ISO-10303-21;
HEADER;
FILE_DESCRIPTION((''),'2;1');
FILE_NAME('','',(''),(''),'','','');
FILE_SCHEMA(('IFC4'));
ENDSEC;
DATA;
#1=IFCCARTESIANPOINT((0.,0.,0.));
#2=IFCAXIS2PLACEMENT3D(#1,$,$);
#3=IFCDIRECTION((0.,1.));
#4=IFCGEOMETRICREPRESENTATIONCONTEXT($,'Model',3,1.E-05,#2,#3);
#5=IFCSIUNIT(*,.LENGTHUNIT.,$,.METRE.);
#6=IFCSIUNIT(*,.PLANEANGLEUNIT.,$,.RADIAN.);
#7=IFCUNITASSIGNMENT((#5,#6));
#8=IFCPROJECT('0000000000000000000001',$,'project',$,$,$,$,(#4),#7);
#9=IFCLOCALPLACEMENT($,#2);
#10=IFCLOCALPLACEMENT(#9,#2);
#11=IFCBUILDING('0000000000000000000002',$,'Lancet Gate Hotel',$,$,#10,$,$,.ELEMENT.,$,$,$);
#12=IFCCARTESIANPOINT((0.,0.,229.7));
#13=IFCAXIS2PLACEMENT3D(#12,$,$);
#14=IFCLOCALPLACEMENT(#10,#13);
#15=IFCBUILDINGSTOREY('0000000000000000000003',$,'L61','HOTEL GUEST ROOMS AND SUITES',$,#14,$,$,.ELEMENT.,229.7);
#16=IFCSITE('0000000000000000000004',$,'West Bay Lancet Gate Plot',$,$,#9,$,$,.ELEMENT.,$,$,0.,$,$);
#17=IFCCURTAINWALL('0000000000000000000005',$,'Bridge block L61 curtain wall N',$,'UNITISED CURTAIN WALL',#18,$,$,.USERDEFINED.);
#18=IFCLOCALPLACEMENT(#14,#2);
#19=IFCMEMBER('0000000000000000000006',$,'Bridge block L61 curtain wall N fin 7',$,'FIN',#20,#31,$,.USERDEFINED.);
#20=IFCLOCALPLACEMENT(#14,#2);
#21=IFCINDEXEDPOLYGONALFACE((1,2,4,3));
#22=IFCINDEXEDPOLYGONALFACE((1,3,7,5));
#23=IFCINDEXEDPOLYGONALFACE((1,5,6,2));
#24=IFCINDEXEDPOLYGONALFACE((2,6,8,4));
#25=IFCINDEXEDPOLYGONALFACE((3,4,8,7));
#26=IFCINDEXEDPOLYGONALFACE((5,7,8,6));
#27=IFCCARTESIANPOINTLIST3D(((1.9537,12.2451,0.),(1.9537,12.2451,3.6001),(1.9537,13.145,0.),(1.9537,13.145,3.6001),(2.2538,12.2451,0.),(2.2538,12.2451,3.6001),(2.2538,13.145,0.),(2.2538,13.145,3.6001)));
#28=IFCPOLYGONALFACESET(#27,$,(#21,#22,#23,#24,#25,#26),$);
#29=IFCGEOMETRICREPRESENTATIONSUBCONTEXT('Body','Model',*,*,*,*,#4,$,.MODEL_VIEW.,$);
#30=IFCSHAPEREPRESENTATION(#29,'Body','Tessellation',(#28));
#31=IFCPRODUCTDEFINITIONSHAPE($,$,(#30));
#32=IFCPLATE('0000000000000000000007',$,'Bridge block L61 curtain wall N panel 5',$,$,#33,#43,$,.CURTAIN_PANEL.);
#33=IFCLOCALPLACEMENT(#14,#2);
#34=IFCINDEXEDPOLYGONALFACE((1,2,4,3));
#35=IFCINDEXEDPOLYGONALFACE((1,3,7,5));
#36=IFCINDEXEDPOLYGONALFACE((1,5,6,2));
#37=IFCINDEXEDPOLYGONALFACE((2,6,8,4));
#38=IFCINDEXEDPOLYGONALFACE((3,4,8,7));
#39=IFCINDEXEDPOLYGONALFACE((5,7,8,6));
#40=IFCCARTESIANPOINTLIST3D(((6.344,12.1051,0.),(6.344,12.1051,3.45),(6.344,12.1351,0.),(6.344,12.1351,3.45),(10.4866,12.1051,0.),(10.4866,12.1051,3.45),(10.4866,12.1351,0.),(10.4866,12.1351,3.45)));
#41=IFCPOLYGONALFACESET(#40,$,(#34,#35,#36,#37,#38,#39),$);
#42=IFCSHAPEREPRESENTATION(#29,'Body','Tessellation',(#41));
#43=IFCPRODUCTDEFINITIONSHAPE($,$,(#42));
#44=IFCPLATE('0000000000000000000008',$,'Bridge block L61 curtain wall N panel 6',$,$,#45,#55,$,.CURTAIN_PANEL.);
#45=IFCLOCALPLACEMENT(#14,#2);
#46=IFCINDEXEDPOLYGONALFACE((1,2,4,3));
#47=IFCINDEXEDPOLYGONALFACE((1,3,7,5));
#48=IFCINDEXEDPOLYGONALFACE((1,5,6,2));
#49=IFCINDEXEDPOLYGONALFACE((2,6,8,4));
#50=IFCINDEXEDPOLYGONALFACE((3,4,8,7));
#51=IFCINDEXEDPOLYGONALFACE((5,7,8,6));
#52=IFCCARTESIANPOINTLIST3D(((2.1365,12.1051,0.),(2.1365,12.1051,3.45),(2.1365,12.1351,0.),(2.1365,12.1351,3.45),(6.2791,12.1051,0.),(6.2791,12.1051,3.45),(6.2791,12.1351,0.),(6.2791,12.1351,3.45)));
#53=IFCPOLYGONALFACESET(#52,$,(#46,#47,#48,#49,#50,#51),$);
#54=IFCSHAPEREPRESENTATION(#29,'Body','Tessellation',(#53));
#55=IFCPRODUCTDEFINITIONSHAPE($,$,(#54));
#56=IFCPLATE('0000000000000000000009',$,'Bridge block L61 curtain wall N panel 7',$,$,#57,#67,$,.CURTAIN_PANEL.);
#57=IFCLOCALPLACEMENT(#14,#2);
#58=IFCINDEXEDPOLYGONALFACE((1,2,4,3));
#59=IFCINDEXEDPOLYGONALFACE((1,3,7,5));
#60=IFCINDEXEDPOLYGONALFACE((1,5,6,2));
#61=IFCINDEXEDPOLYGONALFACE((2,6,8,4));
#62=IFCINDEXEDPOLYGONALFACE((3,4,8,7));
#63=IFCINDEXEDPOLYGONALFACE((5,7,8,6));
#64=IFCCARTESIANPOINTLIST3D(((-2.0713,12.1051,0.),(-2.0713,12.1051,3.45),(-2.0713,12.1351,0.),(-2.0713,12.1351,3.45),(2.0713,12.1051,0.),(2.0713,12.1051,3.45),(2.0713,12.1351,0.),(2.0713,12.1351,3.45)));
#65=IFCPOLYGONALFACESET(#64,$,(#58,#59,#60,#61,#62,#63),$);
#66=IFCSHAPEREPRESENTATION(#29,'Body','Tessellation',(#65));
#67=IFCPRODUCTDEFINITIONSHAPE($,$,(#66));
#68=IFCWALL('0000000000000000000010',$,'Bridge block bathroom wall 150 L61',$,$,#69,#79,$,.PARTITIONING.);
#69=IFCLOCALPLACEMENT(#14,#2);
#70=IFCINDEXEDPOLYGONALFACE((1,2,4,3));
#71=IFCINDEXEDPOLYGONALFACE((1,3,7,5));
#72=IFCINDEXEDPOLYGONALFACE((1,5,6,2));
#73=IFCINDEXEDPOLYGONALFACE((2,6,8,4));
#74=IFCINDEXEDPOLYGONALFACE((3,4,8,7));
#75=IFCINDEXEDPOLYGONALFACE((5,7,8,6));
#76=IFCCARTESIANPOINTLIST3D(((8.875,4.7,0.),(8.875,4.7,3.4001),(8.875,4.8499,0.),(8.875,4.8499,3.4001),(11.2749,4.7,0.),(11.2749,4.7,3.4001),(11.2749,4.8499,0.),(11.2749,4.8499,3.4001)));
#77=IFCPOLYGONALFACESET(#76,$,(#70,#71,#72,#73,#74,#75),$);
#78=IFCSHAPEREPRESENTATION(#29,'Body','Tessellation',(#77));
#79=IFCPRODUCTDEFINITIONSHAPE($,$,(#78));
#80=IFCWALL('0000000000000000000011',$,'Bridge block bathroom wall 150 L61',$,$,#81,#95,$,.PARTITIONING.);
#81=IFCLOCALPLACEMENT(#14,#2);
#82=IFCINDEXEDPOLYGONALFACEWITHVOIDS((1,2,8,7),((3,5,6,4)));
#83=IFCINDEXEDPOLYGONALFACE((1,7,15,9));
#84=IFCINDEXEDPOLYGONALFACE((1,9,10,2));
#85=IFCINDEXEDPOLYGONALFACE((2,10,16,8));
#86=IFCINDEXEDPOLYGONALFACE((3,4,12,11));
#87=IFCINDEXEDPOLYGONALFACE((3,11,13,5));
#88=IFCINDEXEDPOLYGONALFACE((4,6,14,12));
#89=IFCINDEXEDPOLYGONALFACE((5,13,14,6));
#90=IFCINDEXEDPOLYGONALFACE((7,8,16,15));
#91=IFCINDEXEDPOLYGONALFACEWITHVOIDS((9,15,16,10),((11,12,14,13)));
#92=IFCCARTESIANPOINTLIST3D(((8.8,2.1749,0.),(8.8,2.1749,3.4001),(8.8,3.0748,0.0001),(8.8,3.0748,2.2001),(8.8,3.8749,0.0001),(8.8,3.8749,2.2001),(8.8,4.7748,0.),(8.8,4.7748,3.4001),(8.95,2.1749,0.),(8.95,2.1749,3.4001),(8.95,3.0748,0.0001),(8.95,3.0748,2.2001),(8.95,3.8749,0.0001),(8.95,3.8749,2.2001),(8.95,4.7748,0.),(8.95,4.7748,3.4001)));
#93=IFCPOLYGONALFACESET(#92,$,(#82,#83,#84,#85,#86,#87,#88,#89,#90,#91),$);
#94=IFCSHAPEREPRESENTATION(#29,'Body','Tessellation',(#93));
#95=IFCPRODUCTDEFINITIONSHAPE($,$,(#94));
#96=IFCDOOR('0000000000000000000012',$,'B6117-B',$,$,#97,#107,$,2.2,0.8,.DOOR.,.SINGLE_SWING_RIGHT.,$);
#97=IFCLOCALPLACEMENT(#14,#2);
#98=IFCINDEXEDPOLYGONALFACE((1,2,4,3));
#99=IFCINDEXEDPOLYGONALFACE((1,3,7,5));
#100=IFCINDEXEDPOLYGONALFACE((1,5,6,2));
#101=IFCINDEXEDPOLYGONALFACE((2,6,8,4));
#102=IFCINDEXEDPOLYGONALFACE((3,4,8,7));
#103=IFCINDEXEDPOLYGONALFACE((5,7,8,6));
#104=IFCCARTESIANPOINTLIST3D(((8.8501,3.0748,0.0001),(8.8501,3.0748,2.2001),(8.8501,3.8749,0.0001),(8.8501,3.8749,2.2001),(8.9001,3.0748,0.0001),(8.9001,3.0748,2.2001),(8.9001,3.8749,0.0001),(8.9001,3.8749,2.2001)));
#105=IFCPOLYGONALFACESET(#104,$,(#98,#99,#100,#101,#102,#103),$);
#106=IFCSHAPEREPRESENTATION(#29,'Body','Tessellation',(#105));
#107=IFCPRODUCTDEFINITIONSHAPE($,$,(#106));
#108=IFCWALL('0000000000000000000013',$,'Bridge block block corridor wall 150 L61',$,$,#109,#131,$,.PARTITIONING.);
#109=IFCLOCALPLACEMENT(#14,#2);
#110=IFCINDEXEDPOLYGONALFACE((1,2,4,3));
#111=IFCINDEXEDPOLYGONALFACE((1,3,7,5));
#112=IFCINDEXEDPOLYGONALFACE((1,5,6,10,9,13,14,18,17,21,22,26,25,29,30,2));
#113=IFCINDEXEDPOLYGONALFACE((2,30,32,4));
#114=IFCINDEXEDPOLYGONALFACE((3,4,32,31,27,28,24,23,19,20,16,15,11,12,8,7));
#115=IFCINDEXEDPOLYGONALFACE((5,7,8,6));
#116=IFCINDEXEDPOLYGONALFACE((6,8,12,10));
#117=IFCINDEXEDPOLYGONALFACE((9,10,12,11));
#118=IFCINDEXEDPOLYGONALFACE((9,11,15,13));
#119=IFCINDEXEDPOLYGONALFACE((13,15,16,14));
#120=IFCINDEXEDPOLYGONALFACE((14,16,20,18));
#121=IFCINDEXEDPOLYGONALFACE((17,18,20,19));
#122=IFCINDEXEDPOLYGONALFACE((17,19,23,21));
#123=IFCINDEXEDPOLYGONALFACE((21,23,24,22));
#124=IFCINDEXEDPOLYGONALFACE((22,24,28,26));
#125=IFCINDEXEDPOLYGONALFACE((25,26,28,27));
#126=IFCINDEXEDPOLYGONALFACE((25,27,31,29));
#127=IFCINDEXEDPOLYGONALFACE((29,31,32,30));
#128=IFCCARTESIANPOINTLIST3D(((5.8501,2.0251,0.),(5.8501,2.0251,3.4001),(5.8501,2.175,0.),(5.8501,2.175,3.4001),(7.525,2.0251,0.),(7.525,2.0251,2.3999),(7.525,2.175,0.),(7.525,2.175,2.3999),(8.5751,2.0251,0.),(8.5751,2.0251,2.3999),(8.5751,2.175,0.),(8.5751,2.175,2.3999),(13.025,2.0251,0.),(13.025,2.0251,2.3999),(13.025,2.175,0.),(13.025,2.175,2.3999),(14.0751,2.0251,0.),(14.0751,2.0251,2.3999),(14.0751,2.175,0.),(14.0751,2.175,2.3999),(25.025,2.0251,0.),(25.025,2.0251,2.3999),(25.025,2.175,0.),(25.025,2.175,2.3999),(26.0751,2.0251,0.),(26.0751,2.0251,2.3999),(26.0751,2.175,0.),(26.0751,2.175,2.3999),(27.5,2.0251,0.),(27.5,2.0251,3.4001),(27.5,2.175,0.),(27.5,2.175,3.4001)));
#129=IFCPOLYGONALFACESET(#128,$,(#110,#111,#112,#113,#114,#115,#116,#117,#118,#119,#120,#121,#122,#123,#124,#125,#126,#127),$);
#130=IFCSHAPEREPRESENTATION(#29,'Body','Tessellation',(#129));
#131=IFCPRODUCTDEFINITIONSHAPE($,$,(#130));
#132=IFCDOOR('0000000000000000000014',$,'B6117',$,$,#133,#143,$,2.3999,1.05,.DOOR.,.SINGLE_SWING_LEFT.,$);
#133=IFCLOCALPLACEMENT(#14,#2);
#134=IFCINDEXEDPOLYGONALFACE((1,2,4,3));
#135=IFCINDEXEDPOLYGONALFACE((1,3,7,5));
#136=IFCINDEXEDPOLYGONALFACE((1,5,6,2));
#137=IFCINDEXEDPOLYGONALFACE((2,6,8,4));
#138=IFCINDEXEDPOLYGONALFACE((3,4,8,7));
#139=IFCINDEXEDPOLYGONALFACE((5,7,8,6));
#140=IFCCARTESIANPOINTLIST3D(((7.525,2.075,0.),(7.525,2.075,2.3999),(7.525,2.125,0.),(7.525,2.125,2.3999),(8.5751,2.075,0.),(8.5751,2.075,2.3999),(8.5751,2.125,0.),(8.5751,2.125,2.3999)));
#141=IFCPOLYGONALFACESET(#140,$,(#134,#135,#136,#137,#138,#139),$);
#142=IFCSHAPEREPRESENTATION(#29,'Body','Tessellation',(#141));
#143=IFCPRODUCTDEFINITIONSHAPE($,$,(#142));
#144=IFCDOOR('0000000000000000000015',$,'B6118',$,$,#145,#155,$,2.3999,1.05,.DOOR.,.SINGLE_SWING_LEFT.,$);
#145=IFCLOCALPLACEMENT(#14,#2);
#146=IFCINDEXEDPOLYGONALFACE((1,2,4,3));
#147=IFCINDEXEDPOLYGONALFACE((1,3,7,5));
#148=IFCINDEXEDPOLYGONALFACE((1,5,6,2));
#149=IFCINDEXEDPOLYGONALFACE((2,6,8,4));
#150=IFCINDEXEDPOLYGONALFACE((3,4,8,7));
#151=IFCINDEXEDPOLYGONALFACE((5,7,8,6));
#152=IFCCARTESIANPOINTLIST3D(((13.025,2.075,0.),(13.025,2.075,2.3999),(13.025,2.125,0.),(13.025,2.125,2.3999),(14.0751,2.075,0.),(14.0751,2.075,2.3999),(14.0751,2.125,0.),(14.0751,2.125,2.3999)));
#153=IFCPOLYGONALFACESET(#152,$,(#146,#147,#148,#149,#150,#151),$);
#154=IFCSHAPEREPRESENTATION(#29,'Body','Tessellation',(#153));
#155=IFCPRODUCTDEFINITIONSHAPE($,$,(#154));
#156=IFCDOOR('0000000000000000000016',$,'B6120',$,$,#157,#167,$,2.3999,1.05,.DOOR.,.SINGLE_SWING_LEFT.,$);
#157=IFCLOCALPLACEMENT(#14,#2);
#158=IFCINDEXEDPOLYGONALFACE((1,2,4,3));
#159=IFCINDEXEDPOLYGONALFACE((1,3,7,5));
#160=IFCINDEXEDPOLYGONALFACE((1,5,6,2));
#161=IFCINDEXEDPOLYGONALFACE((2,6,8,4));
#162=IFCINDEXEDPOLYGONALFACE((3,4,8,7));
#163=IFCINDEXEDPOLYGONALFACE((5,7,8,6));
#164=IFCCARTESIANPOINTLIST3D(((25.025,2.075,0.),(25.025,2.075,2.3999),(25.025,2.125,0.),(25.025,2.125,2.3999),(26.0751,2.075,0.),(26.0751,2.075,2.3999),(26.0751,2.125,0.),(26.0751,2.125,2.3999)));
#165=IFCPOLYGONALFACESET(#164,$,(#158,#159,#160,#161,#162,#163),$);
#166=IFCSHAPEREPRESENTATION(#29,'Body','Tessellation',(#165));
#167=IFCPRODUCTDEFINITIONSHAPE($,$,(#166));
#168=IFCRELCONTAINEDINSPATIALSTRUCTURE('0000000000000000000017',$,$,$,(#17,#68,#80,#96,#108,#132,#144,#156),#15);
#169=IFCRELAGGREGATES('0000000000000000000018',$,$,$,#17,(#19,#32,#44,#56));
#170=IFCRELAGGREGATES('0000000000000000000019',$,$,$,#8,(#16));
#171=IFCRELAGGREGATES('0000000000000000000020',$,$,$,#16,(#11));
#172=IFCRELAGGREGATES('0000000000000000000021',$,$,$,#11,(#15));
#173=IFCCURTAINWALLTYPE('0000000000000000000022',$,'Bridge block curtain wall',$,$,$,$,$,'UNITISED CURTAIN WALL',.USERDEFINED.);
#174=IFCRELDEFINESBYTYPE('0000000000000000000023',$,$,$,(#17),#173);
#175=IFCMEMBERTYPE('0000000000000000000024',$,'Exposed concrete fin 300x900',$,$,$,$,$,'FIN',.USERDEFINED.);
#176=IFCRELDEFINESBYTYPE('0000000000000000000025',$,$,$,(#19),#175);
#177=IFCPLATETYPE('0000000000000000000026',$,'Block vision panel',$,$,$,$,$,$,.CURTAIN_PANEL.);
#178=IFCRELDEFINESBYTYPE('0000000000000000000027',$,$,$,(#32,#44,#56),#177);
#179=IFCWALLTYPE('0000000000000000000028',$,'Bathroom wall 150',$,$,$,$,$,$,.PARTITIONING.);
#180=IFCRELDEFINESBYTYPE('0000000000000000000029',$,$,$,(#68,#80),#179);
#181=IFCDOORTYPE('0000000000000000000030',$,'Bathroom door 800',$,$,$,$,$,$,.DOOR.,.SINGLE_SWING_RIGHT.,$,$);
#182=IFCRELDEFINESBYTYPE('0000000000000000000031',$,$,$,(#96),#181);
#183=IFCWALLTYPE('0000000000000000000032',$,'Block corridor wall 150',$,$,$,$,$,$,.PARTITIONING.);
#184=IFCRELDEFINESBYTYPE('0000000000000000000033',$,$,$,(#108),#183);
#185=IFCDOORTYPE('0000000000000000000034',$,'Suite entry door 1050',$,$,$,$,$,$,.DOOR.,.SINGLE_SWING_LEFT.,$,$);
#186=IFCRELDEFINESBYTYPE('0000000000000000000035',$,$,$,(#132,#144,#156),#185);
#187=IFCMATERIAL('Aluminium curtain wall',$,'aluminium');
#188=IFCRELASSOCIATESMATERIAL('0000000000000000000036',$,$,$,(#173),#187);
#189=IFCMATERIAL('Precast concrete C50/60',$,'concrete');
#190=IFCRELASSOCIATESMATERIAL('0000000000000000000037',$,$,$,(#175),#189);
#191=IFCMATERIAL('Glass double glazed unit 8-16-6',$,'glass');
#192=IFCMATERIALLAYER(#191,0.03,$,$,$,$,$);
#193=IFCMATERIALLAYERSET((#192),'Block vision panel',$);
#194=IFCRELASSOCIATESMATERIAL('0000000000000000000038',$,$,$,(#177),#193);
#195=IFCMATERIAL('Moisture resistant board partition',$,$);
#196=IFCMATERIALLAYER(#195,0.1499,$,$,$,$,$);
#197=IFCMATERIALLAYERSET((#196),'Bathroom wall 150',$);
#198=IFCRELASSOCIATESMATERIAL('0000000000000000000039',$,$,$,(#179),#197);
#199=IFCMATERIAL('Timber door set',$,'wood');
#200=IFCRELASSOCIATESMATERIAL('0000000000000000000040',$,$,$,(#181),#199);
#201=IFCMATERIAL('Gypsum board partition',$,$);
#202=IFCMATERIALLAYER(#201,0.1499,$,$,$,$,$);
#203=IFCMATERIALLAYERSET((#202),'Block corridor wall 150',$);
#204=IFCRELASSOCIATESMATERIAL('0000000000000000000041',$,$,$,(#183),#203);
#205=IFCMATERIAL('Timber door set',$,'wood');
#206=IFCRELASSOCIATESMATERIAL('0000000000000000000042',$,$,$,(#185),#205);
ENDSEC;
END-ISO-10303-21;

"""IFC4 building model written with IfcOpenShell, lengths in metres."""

from ifc_helpers import new_model, si_unit, direction, frame, frame_2d, origin, origin_2d, place, context, subcontext, project, spatial, rectangle, extrude, material, layer, layer_set, material_profile, profile_set, type_object, element, fill, aggregate, save


model = new_model("IFC4")

# Units and contexts
model_context = context("Model", 3, precision=1e-05, world=origin(), true_north=direction((0.0, 1.0)))
body_context = subcontext(model_context, "Body", "Model", "MODEL_VIEW")
ifc_project = project(units=[si_unit("LENGTHUNIT", "METRE"), si_unit("PLANEANGLEUNIT", "RADIAN")], contexts=[model_context])

# Site, building, storey
site_placement = place(None, origin())
site = spatial("IfcSite", under=ifc_project, at=site_placement, Name="West Bay Lancet Gate Plot", CompositionType="ELEMENT", RefElevation=0.0)
building_placement = place(site_placement, origin())
building = spatial("IfcBuilding", under=site, at=building_placement, Name="Lancet Gate Hotel", CompositionType="ELEMENT")
storey_placement = place(building_placement, frame((0.0, 0.0, 229.7)))
storey = spatial("IfcBuildingStorey", under=building, at=storey_placement, Name="L61", Description="HOTEL GUEST ROOMS AND SUITES", CompositionType="ELEMENT", Elevation=229.7)

# Curtain wall
ifc_material_1 = material(Name="Aluminium curtain wall", Category="aluminium")
curtain_wall_type = type_object("IfcCurtainWallType", Name="Bridge block curtain wall", ElementType="UNITISED CURTAIN WALL", PredefinedType="USERDEFINED", material=ifc_material_1)
curtain_wall_placement = place(storey_placement, origin())
curtain_wall = element("IfcCurtainWall", 1, at=curtain_wall_placement, inside=storey, type_object=curtain_wall_type, Name="Bridge block L61 curtain wall N", ObjectType="UNITISED CURTAIN WALL", PredefinedType="USERDEFINED")

# Member
ifc_material_2 = material(Name="Precast concrete C50/60", Category="concrete")
ifc_material_profile_1 = material_profile(ifc_material_2, rectangle(XDim=0.3, YDim=0.8999, at=origin_2d()), Name="FIN 300x900")
ifc_profile_set_1 = profile_set([ifc_material_profile_1], Name="Precast concrete C50/60")
member_type_1 = type_object("IfcMemberType", Name="Exposed concrete fin 300x900", ElementType="FIN", PredefinedType="USERDEFINED", material=ifc_profile_set_1)
member_1_placement = place(storey_placement, frame((2.1038, 12.6951, 0.0), z_axis=(0.0, 0.0, 1.0), x_axis=(-1.0, 0.0, 0.0)))
member_1 = element("IfcMember", 2, at=member_1_placement, type_object=member_type_1, Name="Bridge block L61 curtain wall N fin 7", ObjectType="FIN", PredefinedType="USERDEFINED", context=body_context, shape_type="SweptSolid", body=[
    extrude(rectangle(XDim=0.3, YDim=0.8999, at=origin_2d()), origin(), (0.0, 0.0, 1.0), 3.6001),
])

# Plates
ifc_material_3 = material(Name="Glass double glazed unit 8-16-6", Category="glass")
ifc_layer_1 = layer(ifc_material_3, 0.03)
ifc_layer_set_1 = layer_set([ifc_layer_1], Name="Block vision panel")
plate_type = type_object("IfcPlateType", Name="Block vision panel", PredefinedType="CURTAIN_PANEL", material=ifc_layer_set_1)
plate_1_placement = place(storey_placement, frame((8.4153, 12.1201, 0.0), z_axis=(0.0, 0.0, 1.0), x_axis=(-1.0, 0.0, 0.0)))
plate_1 = element("IfcPlate", 3, at=plate_1_placement, type_object=plate_type, Name="Bridge block L61 curtain wall N panel 5", PredefinedType="CURTAIN_PANEL", context=body_context, shape_type="SweptSolid", body=[
    extrude(rectangle(XDim=4.1426, YDim=0.03, at=origin_2d()), origin(), (0.0, 0.0, 1.0), 3.45),
])
plate_2_placement = place(storey_placement, frame((4.2078, 12.1201, 0.0), z_axis=(0.0, 0.0, 1.0), x_axis=(-1.0, 0.0, 0.0)))
plate_2 = element("IfcPlate", 4, at=plate_2_placement, type_object=plate_type, Name="Bridge block L61 curtain wall N panel 6", PredefinedType="CURTAIN_PANEL", context=body_context, shape_type="SweptSolid", body=[
    extrude(rectangle(XDim=4.1426, YDim=0.03, at=origin_2d()), origin(), (0.0, 0.0, 1.0), 3.45),
])
plate_3_placement = place(storey_placement, frame((0.0, 12.1201, 0.0), z_axis=(0.0, 0.0, 1.0), x_axis=(-1.0, 0.0, 0.0)))
plate_3 = element("IfcPlate", 5, at=plate_3_placement, type_object=plate_type, Name="Bridge block L61 curtain wall N panel 7", PredefinedType="CURTAIN_PANEL", context=body_context, shape_type="SweptSolid", body=[
    extrude(rectangle(XDim=4.1426, YDim=0.03, at=origin_2d()), origin(), (0.0, 0.0, 1.0), 3.45),
])
aggregate(curtain_wall, [member_1, plate_1, plate_2, plate_3])

# Wall
ifc_material_4 = material(Name="Moisture resistant board partition")
ifc_layer_2 = layer(ifc_material_4, 0.1499)
ifc_layer_set_2 = layer_set([ifc_layer_2], Name="Bathroom wall 150")
wall_type_1 = type_object("IfcWallType", Name="Bathroom wall 150", PredefinedType="PARTITIONING", material=ifc_layer_set_2)
wall_1_placement = place(storey_placement, frame((8.875, 4.7749, 0.0), z_axis=(0.0, 0.0, 1.0), x_axis=(1.0, 0.0, 0.0)))
element("IfcWall", 6, at=wall_1_placement, inside=storey, type_object=wall_type_1, Name="Bridge block bathroom wall 150 L61", PredefinedType="PARTITIONING", context=body_context, shape_type="SweptSolid", body=[
    extrude(rectangle(XDim=2.3999, YDim=0.1499, at=frame_2d((1.2, 0.0))), origin(), (0.0, 0.0, 1.0), 3.4001),
])

# Wall, opening, door
wall_2_placement = place(storey_placement, frame((8.875, 2.175, 0.0), z_axis=(0.0, 0.0, 1.0), x_axis=(0.0, 1.0, 0.0)))
wall_2 = element("IfcWall", 7, at=wall_2_placement, inside=storey, type_object=wall_type_1, Name="Bridge block bathroom wall 150 L61", PredefinedType="PARTITIONING", context=body_context, shape_type="SweptSolid", body=[
    extrude(rectangle(XDim=2.5999, YDim=0.1499, at=frame_2d((1.2998, 0.0))), origin(), (0.0, 0.0, 1.0), 3.4001),
])
opening_1_placement = place(wall_2_placement, frame((0.8999, 0.0, 0.0)))
opening_1 = element("IfcOpeningElement", 8, at=opening_1_placement, cuts=wall_2, PredefinedType="OPENING", context=body_context, shape_type="SweptSolid", body=[
    extrude(rectangle(XDim=0.8, YDim=2.2, at=frame_2d((0.3999, 1.1001))), frame((0.0, 0.085, 0.0), z_axis=(0.0, -1.0, 0.0), x_axis=(1.0, 0.0, 0.0)), (0.0, 0.0, 1.0), 0.1699),
])
ifc_material_5 = material(Name="Timber door set", Category="wood")
door_type_1 = type_object("IfcDoorType", Name="Bathroom door 800", OperationType="SINGLE_SWING_RIGHT", PredefinedType="DOOR", material=ifc_material_5)
door_1_placement = place(opening_1_placement, origin())
door_1 = element("IfcDoor", 9, at=door_1_placement, inside=storey, type_object=door_type_1, Name="B6117-B", OperationType="SINGLE_SWING_RIGHT", OverallHeight=2.2, OverallWidth=0.8, PredefinedType="DOOR", context=body_context, shape_type="SweptSolid", body=[
    extrude(rectangle(XDim=0.8, YDim=2.2, at=frame_2d((0.3999, 1.1001))), frame((0.0, 0.0249, 0.0), z_axis=(0.0, -1.0, 0.0), x_axis=(1.0, 0.0, 0.0)), (0.0, 0.0, 1.0), 0.05),
])
fill(opening_1, door_1)

# Wall, openings, doors
ifc_material_6 = material(Name="Gypsum board partition")
ifc_layer_3 = layer(ifc_material_6, 0.1499)
ifc_layer_set_3 = layer_set([ifc_layer_3], Name="Block corridor wall 150")
wall_type_2 = type_object("IfcWallType", Name="Block corridor wall 150", PredefinedType="PARTITIONING", material=ifc_layer_set_3)
wall_3_placement = place(storey_placement, frame((5.8501, 2.1001, 0.0), z_axis=(0.0, 0.0, 1.0), x_axis=(1.0, 0.0, 0.0)))
wall_3 = element("IfcWall", 10, at=wall_3_placement, inside=storey, type_object=wall_type_2, Name="Bridge block block corridor wall 150 L61", PredefinedType="PARTITIONING", context=body_context, shape_type="SweptSolid", body=[
    extrude(rectangle(XDim=21.6499, YDim=0.1499, at=frame_2d((10.825, 0.0))), origin(), (0.0, 0.0, 1.0), 3.4001),
])
opening_2_placement = place(wall_3_placement, frame((1.675, 0.0, 0.0)))
opening_2 = element("IfcOpeningElement", 11, at=opening_2_placement, cuts=wall_3, PredefinedType="OPENING", context=body_context, shape_type="SweptSolid", body=[
    extrude(rectangle(XDim=1.05, YDim=2.3999, at=frame_2d((0.5249, 1.2))), frame((0.0, 0.085, 0.0), z_axis=(0.0, -1.0, 0.0), x_axis=(1.0, 0.0, 0.0)), (0.0, 0.0, 1.0), 0.1699),
])
opening_3_placement = place(wall_3_placement, frame((7.175, 0.0, 0.0)))
opening_3 = element("IfcOpeningElement", 12, at=opening_3_placement, cuts=wall_3, PredefinedType="OPENING", context=body_context, shape_type="SweptSolid", body=[
    extrude(rectangle(XDim=1.05, YDim=2.3999, at=frame_2d((0.5249, 1.2))), frame((0.0, 0.085, 0.0), z_axis=(0.0, -1.0, 0.0), x_axis=(1.0, 0.0, 0.0)), (0.0, 0.0, 1.0), 0.1699),
])
opening_4_placement = place(wall_3_placement, frame((19.175, 0.0, 0.0)))
opening_4 = element("IfcOpeningElement", 13, at=opening_4_placement, cuts=wall_3, PredefinedType="OPENING", context=body_context, shape_type="SweptSolid", body=[
    extrude(rectangle(XDim=1.05, YDim=2.3999, at=frame_2d((0.5249, 1.2))), frame((0.0, 0.085, 0.0), z_axis=(0.0, -1.0, 0.0), x_axis=(1.0, 0.0, 0.0)), (0.0, 0.0, 1.0), 0.1699),
])
ifc_material_7 = material(Name="Timber door set", Category="wood")
door_type_2 = type_object("IfcDoorType", Name="Suite entry door 1050", OperationType="SINGLE_SWING_LEFT", PredefinedType="DOOR", material=ifc_material_7)
door_2_placement = place(opening_2_placement, origin())
door_2 = element("IfcDoor", 14, at=door_2_placement, inside=storey, type_object=door_type_2, Name="B6117", OperationType="SINGLE_SWING_LEFT", OverallHeight=2.3999, OverallWidth=1.05, PredefinedType="DOOR", context=body_context, shape_type="SweptSolid", body=[
    extrude(rectangle(XDim=1.05, YDim=2.3999, at=frame_2d((0.5249, 1.2))), frame((0.0, 0.0249, 0.0), z_axis=(0.0, -1.0, 0.0), x_axis=(1.0, 0.0, 0.0)), (0.0, 0.0, 1.0), 0.05),
])
fill(opening_2, door_2)
door_3_placement = place(opening_3_placement, origin())
door_3 = element("IfcDoor", 15, at=door_3_placement, inside=storey, type_object=door_type_2, Name="B6118", OperationType="SINGLE_SWING_LEFT", OverallHeight=2.3999, OverallWidth=1.05, PredefinedType="DOOR", context=body_context, shape_type="SweptSolid", body=[
    extrude(rectangle(XDim=1.05, YDim=2.3999, at=frame_2d((0.5249, 1.2))), frame((0.0, 0.0249, 0.0), z_axis=(0.0, -1.0, 0.0), x_axis=(1.0, 0.0, 0.0)), (0.0, 0.0, 1.0), 0.05),
])
fill(opening_3, door_3)
door_4_placement = place(opening_4_placement, origin())
door_4 = element("IfcDoor", 16, at=door_4_placement, inside=storey, type_object=door_type_2, Name="B6120", OperationType="SINGLE_SWING_LEFT", OverallHeight=2.3999, OverallWidth=1.05, PredefinedType="DOOR", context=body_context, shape_type="SweptSolid", body=[
    extrude(rectangle(XDim=1.05, YDim=2.3999, at=frame_2d((0.5249, 1.2))), frame((0.0, 0.0249, 0.0), z_axis=(0.0, -1.0, 0.0), x_axis=(1.0, 0.0, 0.0)), (0.0, 0.0, 1.0), 0.05),
])
fill(opening_4, door_4)

save(model, "model.ifc")
